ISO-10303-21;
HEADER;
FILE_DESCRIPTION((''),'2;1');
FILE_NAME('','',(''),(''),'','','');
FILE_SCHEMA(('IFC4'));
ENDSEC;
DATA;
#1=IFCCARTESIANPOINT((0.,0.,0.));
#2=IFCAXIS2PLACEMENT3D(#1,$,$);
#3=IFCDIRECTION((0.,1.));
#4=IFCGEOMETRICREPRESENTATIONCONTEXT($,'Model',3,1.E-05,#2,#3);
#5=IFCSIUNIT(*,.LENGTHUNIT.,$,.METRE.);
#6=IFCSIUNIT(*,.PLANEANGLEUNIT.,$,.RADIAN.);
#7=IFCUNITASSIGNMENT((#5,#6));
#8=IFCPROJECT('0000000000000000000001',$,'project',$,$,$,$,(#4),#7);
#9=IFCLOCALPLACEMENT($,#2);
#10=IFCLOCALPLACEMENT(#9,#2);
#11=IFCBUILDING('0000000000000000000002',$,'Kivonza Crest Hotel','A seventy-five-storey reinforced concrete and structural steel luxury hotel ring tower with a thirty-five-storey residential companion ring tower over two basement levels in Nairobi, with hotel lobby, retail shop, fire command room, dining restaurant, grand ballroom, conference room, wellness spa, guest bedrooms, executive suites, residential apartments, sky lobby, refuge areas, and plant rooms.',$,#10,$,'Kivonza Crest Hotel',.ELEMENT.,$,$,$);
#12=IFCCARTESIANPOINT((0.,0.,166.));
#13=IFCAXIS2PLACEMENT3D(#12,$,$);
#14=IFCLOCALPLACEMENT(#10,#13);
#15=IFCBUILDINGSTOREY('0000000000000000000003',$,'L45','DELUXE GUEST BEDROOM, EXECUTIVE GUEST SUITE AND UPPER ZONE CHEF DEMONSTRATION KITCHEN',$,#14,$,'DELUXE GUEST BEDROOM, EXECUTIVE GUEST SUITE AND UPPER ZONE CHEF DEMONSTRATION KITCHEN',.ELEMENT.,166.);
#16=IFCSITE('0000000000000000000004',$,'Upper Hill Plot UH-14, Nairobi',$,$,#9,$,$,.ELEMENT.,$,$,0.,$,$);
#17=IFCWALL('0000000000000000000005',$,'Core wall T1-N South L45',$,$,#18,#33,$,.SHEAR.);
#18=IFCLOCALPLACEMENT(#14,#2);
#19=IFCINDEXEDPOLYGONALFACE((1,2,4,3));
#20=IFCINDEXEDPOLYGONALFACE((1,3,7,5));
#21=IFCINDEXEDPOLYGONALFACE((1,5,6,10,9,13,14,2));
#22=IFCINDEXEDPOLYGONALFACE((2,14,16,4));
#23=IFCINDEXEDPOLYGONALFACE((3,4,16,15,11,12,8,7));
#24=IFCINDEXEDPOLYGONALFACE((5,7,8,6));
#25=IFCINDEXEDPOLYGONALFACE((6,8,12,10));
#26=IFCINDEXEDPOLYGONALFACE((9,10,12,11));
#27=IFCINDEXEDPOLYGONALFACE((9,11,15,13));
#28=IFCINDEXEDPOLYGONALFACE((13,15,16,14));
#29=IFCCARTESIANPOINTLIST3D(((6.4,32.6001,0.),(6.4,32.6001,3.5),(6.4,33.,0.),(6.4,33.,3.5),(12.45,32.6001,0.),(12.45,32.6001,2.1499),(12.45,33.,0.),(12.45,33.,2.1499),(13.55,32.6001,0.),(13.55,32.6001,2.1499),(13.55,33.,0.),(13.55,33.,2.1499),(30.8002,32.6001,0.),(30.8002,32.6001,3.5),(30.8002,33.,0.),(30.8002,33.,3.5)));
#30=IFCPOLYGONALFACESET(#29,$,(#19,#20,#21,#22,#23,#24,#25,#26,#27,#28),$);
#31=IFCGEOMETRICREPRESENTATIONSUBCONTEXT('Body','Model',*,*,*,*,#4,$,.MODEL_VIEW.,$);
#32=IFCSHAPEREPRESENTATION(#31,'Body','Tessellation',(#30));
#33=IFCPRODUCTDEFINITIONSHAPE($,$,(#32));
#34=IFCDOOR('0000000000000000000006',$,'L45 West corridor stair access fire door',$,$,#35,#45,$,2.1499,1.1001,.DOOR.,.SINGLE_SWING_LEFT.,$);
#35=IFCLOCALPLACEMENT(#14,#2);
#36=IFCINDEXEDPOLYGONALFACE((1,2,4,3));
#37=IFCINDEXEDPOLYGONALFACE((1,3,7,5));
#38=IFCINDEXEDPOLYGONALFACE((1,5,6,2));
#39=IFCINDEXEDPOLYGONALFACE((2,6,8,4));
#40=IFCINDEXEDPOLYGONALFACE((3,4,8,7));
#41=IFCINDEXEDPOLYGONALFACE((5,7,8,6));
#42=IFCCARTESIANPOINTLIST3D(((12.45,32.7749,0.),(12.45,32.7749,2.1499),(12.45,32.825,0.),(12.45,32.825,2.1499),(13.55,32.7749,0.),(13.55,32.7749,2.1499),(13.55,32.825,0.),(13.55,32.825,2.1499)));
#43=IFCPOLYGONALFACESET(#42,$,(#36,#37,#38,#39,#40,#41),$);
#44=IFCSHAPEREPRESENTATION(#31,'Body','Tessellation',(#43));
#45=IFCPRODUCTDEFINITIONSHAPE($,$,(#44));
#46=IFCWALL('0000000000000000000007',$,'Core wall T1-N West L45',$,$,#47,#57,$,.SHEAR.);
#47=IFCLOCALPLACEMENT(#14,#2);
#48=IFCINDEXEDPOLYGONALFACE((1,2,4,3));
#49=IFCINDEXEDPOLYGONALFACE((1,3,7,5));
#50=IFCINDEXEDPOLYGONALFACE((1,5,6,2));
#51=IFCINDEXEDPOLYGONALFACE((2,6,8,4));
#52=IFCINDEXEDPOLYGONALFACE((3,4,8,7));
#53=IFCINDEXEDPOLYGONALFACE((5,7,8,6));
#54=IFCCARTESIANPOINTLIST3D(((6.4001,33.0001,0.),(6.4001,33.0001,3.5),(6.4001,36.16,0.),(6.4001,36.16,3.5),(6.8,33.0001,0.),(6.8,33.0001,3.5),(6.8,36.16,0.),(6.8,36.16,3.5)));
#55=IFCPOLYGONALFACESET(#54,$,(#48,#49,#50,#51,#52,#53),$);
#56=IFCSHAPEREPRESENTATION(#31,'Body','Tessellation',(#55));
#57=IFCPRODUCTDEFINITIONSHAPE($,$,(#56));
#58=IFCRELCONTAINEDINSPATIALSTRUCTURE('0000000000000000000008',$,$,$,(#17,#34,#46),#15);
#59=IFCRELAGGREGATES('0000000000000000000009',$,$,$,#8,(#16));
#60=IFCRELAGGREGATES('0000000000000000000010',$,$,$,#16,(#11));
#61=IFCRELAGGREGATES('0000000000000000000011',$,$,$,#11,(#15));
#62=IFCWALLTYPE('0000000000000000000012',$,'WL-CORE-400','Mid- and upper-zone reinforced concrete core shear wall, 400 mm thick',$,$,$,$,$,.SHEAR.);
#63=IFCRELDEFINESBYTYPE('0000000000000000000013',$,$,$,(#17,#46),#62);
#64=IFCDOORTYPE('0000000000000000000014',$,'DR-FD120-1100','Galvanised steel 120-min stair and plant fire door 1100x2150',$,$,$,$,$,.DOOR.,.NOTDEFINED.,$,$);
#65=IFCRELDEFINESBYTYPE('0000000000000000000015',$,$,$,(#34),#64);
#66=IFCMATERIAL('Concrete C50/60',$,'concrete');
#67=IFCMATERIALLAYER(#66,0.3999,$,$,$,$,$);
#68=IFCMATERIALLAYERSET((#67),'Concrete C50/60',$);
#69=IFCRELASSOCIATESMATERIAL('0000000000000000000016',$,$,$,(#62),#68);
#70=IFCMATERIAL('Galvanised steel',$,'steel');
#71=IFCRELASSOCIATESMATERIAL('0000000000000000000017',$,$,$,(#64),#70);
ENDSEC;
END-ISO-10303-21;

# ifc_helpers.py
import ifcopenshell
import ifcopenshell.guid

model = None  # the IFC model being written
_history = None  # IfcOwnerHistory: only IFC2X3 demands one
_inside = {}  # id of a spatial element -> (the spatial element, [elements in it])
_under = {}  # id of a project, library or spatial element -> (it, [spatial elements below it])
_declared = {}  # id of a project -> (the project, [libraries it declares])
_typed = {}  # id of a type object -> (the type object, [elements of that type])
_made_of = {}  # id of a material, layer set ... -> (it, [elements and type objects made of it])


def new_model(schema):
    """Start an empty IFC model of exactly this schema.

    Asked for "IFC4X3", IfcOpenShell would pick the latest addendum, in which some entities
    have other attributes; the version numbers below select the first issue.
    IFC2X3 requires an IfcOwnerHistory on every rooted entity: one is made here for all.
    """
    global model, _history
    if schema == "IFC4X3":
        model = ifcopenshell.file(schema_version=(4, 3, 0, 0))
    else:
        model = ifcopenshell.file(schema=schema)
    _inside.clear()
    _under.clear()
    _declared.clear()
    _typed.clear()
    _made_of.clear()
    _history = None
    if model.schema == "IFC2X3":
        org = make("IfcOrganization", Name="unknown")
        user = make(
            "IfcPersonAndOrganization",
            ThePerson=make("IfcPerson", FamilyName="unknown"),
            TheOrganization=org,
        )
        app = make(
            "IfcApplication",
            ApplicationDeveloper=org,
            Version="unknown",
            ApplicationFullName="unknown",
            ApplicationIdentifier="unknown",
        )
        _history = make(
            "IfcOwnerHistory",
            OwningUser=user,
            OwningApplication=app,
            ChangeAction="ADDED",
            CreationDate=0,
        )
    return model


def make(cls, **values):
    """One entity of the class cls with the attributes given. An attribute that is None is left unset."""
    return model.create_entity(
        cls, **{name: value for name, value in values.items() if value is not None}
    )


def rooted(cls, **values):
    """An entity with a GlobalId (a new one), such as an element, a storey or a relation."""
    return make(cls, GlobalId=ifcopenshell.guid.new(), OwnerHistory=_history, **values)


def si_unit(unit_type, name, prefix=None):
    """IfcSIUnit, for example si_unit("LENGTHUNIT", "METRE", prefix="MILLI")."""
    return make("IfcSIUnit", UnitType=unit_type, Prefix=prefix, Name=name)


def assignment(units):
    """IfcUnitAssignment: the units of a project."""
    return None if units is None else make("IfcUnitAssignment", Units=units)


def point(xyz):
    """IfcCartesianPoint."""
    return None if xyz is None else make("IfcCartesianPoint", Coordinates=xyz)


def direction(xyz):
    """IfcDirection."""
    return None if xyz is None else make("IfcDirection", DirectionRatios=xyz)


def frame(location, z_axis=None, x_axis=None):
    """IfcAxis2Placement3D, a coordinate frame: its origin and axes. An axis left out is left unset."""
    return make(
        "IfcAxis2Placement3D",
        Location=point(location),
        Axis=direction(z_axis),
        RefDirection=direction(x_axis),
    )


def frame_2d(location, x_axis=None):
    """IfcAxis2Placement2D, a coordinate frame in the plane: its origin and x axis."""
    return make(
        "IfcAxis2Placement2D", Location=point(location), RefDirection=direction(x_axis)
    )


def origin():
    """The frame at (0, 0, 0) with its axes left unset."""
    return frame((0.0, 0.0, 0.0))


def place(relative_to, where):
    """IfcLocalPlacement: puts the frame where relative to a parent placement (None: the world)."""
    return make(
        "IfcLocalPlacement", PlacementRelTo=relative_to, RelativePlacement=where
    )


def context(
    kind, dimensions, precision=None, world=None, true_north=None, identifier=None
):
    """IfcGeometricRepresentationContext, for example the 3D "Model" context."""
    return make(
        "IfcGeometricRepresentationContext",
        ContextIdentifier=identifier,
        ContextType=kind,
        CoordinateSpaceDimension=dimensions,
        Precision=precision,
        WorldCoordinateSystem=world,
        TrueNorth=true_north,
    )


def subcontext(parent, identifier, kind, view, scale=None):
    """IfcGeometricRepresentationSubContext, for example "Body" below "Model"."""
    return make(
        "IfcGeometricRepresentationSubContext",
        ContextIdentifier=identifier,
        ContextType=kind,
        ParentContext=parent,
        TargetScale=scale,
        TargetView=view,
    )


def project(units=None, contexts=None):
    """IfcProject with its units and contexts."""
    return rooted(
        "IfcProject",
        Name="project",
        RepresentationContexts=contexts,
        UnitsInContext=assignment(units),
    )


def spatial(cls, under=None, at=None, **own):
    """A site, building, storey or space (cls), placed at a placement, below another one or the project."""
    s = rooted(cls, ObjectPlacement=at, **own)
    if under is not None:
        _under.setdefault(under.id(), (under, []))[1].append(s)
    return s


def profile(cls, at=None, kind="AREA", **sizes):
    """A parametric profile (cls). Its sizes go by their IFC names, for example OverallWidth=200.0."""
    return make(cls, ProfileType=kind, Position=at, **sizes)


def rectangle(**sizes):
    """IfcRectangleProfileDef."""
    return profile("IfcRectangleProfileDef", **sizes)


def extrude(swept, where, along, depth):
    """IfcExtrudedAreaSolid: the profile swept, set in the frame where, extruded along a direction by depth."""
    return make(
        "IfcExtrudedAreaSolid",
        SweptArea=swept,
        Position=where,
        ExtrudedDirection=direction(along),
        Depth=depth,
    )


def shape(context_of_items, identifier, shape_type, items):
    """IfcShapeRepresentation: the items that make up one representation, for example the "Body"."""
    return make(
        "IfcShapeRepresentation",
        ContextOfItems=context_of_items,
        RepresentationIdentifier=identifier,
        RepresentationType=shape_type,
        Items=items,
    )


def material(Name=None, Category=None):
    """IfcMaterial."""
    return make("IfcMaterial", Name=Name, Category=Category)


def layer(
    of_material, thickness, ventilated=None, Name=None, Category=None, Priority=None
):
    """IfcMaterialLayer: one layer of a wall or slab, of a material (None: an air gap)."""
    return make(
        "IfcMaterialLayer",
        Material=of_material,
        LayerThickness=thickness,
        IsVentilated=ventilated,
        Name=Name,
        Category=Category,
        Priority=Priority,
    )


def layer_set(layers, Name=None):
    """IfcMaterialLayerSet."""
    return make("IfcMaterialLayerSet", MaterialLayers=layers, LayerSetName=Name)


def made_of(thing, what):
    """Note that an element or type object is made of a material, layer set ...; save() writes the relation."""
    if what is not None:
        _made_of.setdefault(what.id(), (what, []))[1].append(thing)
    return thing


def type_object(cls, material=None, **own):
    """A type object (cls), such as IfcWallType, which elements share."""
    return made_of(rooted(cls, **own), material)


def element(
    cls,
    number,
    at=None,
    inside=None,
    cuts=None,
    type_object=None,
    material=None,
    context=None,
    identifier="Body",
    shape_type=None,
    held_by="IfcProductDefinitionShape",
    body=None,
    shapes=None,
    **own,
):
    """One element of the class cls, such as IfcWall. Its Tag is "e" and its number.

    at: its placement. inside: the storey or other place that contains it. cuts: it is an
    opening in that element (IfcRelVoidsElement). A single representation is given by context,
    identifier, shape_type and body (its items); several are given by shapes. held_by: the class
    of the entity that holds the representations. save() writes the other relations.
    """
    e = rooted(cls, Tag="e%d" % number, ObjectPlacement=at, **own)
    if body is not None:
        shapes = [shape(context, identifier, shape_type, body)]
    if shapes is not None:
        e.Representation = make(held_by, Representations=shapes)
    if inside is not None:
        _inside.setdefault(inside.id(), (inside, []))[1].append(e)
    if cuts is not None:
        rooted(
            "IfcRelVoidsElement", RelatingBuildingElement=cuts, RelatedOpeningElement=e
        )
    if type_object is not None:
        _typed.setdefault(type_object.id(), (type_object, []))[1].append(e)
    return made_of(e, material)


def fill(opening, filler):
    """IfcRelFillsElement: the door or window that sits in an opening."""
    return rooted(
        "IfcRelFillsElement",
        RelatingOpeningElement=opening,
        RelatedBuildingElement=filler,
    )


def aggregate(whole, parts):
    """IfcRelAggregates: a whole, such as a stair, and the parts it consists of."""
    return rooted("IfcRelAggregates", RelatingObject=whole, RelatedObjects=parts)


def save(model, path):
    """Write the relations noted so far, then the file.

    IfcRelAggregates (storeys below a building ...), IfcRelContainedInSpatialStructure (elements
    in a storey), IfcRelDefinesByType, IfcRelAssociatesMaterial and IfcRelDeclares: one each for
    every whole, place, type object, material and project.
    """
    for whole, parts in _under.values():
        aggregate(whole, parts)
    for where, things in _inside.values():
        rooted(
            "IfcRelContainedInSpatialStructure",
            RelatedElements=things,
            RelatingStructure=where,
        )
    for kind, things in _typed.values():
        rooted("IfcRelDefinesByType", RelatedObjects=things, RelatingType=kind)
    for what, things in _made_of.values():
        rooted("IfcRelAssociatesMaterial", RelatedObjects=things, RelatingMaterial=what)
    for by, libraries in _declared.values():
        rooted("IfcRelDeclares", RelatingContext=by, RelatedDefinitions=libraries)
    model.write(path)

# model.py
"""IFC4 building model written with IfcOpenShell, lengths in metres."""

from ifc_helpers import new_model, si_unit, direction, frame, frame_2d, origin, place, context, subcontext, project, spatial, rectangle, extrude, material, layer, layer_set, type_object, element, fill, save


model = new_model("IFC4")

# Units and contexts
model_context = context("Model", 3, precision=1e-05, world=origin(), true_north=direction((0.0, 1.0)))
body_context = subcontext(model_context, "Body", "Model", "MODEL_VIEW")
ifc_project = project(units=[si_unit("LENGTHUNIT", "METRE"), si_unit("PLANEANGLEUNIT", "RADIAN")], contexts=[model_context])

# Site, building, storey
site_placement = place(None, origin())
site = spatial("IfcSite", under=ifc_project, at=site_placement, Name="Upper Hill Plot UH-14, Nairobi", CompositionType="ELEMENT", RefElevation=0.0)
building_placement = place(site_placement, origin())
building = spatial("IfcBuilding", under=site, at=building_placement, Name="Kivonza Crest Hotel", Description="A seventy-five-storey reinforced concrete and structural steel luxury hotel ring tower with a thirty-five-storey residential companion ring tower over two basement levels in Nairobi, with hotel lobby, retail shop, fire command room, dining restaurant, grand ballroom, conference room, wellness spa, guest bedrooms, executive suites, residential apartments, sky lobby, refuge areas, and plant rooms.", LongName="Kivonza Crest Hotel", CompositionType="ELEMENT")
storey_placement = place(building_placement, frame((0.0, 0.0, 166.0)))
storey = spatial("IfcBuildingStorey", under=building, at=storey_placement, Name="L45", Description="DELUXE GUEST BEDROOM, EXECUTIVE GUEST SUITE AND UPPER ZONE CHEF DEMONSTRATION KITCHEN", LongName="DELUXE GUEST BEDROOM, EXECUTIVE GUEST SUITE AND UPPER ZONE CHEF DEMONSTRATION KITCHEN", CompositionType="ELEMENT", Elevation=166.0)

# Shared definitions
ifc_material_1 = material(Name="Concrete C50/60", Category="concrete")

# Wall, opening, door
ifc_layer_1 = layer(ifc_material_1, 0.3999)
ifc_layer_set_1 = layer_set([ifc_layer_1], Name="Concrete C50/60")
wall_type_1 = type_object("IfcWallType", Name="WL-CORE-400", Description="Mid- and upper-zone reinforced concrete core shear wall, 400 mm thick", PredefinedType="SHEAR", material=ifc_layer_set_1)
wall_1_placement = place(storey_placement, frame((6.3999, 32.8, 0.0), z_axis=(0.0, 0.0, 1.0), x_axis=(1.0, 0.0, 0.0)))
wall_1 = element("IfcWall", 1, at=wall_1_placement, inside=storey, type_object=wall_type_1, Name="Core wall T1-N South L45", PredefinedType="SHEAR", context=body_context, shape_type="SweptSolid", body=[
    extrude(rectangle(XDim=24.4001, YDim=0.3999, at=frame_2d((12.2002, 0.0))), origin(), (0.0, 0.0, 1.0), 3.5),
])
opening_placement = place(wall_1_placement, frame((6.05, 0.0, 0.0)))
opening = element("IfcOpeningElement", 2, at=opening_placement, cuts=wall_1, PredefinedType="OPENING", context=body_context, shape_type="SweptSolid", body=[
    extrude(rectangle(XDim=1.1001, YDim=2.1499, at=frame_2d((0.55, 1.075))), frame((0.0, 0.21, 0.0), z_axis=(0.0, -1.0, 0.0), x_axis=(1.0, 0.0, 0.0)), (0.0, 0.0, 1.0), 0.4199),
])
ifc_material_2 = material(Name="Galvanised steel", Category="steel")
door_type = type_object("IfcDoorType", Name="DR-FD120-1100", Description="Galvanised steel 120-min stair and plant fire door 1100x2150", OperationType="NOTDEFINED", PredefinedType="DOOR", material=ifc_material_2)
door_placement = place(opening_placement, origin())
door = element("IfcDoor", 3, at=door_placement, inside=storey, type_object=door_type, Name="L45 West corridor stair access fire door", OperationType="SINGLE_SWING_LEFT", OverallHeight=2.1499, OverallWidth=1.1001, PredefinedType="DOOR", context=body_context, shape_type="SweptSolid", body=[
    extrude(rectangle(XDim=1.1001, YDim=2.1499, at=frame_2d((0.55, 1.075))), frame((0.0, 0.0249, 0.0), z_axis=(0.0, -1.0, 0.0), x_axis=(1.0, 0.0, 0.0)), (0.0, 0.0, 1.0), 0.05),
])
fill(opening, door)

# Wall
wall_2_placement = place(storey_placement, frame((6.6001, 33.0, 0.0), z_axis=(0.0, 0.0, 1.0), x_axis=(0.0, 1.0, 0.0)))
element("IfcWall", 4, at=wall_2_placement, inside=storey, type_object=wall_type_1, Name="Core wall T1-N West L45", PredefinedType="SHEAR", context=body_context, shape_type="SweptSolid", body=[
    extrude(rectangle(XDim=3.1599, YDim=0.3999, at=frame_2d((1.5801, 0.0))), origin(), (0.0, 0.0, 1.0), 3.5),
])

save(model, "model.ifc")
